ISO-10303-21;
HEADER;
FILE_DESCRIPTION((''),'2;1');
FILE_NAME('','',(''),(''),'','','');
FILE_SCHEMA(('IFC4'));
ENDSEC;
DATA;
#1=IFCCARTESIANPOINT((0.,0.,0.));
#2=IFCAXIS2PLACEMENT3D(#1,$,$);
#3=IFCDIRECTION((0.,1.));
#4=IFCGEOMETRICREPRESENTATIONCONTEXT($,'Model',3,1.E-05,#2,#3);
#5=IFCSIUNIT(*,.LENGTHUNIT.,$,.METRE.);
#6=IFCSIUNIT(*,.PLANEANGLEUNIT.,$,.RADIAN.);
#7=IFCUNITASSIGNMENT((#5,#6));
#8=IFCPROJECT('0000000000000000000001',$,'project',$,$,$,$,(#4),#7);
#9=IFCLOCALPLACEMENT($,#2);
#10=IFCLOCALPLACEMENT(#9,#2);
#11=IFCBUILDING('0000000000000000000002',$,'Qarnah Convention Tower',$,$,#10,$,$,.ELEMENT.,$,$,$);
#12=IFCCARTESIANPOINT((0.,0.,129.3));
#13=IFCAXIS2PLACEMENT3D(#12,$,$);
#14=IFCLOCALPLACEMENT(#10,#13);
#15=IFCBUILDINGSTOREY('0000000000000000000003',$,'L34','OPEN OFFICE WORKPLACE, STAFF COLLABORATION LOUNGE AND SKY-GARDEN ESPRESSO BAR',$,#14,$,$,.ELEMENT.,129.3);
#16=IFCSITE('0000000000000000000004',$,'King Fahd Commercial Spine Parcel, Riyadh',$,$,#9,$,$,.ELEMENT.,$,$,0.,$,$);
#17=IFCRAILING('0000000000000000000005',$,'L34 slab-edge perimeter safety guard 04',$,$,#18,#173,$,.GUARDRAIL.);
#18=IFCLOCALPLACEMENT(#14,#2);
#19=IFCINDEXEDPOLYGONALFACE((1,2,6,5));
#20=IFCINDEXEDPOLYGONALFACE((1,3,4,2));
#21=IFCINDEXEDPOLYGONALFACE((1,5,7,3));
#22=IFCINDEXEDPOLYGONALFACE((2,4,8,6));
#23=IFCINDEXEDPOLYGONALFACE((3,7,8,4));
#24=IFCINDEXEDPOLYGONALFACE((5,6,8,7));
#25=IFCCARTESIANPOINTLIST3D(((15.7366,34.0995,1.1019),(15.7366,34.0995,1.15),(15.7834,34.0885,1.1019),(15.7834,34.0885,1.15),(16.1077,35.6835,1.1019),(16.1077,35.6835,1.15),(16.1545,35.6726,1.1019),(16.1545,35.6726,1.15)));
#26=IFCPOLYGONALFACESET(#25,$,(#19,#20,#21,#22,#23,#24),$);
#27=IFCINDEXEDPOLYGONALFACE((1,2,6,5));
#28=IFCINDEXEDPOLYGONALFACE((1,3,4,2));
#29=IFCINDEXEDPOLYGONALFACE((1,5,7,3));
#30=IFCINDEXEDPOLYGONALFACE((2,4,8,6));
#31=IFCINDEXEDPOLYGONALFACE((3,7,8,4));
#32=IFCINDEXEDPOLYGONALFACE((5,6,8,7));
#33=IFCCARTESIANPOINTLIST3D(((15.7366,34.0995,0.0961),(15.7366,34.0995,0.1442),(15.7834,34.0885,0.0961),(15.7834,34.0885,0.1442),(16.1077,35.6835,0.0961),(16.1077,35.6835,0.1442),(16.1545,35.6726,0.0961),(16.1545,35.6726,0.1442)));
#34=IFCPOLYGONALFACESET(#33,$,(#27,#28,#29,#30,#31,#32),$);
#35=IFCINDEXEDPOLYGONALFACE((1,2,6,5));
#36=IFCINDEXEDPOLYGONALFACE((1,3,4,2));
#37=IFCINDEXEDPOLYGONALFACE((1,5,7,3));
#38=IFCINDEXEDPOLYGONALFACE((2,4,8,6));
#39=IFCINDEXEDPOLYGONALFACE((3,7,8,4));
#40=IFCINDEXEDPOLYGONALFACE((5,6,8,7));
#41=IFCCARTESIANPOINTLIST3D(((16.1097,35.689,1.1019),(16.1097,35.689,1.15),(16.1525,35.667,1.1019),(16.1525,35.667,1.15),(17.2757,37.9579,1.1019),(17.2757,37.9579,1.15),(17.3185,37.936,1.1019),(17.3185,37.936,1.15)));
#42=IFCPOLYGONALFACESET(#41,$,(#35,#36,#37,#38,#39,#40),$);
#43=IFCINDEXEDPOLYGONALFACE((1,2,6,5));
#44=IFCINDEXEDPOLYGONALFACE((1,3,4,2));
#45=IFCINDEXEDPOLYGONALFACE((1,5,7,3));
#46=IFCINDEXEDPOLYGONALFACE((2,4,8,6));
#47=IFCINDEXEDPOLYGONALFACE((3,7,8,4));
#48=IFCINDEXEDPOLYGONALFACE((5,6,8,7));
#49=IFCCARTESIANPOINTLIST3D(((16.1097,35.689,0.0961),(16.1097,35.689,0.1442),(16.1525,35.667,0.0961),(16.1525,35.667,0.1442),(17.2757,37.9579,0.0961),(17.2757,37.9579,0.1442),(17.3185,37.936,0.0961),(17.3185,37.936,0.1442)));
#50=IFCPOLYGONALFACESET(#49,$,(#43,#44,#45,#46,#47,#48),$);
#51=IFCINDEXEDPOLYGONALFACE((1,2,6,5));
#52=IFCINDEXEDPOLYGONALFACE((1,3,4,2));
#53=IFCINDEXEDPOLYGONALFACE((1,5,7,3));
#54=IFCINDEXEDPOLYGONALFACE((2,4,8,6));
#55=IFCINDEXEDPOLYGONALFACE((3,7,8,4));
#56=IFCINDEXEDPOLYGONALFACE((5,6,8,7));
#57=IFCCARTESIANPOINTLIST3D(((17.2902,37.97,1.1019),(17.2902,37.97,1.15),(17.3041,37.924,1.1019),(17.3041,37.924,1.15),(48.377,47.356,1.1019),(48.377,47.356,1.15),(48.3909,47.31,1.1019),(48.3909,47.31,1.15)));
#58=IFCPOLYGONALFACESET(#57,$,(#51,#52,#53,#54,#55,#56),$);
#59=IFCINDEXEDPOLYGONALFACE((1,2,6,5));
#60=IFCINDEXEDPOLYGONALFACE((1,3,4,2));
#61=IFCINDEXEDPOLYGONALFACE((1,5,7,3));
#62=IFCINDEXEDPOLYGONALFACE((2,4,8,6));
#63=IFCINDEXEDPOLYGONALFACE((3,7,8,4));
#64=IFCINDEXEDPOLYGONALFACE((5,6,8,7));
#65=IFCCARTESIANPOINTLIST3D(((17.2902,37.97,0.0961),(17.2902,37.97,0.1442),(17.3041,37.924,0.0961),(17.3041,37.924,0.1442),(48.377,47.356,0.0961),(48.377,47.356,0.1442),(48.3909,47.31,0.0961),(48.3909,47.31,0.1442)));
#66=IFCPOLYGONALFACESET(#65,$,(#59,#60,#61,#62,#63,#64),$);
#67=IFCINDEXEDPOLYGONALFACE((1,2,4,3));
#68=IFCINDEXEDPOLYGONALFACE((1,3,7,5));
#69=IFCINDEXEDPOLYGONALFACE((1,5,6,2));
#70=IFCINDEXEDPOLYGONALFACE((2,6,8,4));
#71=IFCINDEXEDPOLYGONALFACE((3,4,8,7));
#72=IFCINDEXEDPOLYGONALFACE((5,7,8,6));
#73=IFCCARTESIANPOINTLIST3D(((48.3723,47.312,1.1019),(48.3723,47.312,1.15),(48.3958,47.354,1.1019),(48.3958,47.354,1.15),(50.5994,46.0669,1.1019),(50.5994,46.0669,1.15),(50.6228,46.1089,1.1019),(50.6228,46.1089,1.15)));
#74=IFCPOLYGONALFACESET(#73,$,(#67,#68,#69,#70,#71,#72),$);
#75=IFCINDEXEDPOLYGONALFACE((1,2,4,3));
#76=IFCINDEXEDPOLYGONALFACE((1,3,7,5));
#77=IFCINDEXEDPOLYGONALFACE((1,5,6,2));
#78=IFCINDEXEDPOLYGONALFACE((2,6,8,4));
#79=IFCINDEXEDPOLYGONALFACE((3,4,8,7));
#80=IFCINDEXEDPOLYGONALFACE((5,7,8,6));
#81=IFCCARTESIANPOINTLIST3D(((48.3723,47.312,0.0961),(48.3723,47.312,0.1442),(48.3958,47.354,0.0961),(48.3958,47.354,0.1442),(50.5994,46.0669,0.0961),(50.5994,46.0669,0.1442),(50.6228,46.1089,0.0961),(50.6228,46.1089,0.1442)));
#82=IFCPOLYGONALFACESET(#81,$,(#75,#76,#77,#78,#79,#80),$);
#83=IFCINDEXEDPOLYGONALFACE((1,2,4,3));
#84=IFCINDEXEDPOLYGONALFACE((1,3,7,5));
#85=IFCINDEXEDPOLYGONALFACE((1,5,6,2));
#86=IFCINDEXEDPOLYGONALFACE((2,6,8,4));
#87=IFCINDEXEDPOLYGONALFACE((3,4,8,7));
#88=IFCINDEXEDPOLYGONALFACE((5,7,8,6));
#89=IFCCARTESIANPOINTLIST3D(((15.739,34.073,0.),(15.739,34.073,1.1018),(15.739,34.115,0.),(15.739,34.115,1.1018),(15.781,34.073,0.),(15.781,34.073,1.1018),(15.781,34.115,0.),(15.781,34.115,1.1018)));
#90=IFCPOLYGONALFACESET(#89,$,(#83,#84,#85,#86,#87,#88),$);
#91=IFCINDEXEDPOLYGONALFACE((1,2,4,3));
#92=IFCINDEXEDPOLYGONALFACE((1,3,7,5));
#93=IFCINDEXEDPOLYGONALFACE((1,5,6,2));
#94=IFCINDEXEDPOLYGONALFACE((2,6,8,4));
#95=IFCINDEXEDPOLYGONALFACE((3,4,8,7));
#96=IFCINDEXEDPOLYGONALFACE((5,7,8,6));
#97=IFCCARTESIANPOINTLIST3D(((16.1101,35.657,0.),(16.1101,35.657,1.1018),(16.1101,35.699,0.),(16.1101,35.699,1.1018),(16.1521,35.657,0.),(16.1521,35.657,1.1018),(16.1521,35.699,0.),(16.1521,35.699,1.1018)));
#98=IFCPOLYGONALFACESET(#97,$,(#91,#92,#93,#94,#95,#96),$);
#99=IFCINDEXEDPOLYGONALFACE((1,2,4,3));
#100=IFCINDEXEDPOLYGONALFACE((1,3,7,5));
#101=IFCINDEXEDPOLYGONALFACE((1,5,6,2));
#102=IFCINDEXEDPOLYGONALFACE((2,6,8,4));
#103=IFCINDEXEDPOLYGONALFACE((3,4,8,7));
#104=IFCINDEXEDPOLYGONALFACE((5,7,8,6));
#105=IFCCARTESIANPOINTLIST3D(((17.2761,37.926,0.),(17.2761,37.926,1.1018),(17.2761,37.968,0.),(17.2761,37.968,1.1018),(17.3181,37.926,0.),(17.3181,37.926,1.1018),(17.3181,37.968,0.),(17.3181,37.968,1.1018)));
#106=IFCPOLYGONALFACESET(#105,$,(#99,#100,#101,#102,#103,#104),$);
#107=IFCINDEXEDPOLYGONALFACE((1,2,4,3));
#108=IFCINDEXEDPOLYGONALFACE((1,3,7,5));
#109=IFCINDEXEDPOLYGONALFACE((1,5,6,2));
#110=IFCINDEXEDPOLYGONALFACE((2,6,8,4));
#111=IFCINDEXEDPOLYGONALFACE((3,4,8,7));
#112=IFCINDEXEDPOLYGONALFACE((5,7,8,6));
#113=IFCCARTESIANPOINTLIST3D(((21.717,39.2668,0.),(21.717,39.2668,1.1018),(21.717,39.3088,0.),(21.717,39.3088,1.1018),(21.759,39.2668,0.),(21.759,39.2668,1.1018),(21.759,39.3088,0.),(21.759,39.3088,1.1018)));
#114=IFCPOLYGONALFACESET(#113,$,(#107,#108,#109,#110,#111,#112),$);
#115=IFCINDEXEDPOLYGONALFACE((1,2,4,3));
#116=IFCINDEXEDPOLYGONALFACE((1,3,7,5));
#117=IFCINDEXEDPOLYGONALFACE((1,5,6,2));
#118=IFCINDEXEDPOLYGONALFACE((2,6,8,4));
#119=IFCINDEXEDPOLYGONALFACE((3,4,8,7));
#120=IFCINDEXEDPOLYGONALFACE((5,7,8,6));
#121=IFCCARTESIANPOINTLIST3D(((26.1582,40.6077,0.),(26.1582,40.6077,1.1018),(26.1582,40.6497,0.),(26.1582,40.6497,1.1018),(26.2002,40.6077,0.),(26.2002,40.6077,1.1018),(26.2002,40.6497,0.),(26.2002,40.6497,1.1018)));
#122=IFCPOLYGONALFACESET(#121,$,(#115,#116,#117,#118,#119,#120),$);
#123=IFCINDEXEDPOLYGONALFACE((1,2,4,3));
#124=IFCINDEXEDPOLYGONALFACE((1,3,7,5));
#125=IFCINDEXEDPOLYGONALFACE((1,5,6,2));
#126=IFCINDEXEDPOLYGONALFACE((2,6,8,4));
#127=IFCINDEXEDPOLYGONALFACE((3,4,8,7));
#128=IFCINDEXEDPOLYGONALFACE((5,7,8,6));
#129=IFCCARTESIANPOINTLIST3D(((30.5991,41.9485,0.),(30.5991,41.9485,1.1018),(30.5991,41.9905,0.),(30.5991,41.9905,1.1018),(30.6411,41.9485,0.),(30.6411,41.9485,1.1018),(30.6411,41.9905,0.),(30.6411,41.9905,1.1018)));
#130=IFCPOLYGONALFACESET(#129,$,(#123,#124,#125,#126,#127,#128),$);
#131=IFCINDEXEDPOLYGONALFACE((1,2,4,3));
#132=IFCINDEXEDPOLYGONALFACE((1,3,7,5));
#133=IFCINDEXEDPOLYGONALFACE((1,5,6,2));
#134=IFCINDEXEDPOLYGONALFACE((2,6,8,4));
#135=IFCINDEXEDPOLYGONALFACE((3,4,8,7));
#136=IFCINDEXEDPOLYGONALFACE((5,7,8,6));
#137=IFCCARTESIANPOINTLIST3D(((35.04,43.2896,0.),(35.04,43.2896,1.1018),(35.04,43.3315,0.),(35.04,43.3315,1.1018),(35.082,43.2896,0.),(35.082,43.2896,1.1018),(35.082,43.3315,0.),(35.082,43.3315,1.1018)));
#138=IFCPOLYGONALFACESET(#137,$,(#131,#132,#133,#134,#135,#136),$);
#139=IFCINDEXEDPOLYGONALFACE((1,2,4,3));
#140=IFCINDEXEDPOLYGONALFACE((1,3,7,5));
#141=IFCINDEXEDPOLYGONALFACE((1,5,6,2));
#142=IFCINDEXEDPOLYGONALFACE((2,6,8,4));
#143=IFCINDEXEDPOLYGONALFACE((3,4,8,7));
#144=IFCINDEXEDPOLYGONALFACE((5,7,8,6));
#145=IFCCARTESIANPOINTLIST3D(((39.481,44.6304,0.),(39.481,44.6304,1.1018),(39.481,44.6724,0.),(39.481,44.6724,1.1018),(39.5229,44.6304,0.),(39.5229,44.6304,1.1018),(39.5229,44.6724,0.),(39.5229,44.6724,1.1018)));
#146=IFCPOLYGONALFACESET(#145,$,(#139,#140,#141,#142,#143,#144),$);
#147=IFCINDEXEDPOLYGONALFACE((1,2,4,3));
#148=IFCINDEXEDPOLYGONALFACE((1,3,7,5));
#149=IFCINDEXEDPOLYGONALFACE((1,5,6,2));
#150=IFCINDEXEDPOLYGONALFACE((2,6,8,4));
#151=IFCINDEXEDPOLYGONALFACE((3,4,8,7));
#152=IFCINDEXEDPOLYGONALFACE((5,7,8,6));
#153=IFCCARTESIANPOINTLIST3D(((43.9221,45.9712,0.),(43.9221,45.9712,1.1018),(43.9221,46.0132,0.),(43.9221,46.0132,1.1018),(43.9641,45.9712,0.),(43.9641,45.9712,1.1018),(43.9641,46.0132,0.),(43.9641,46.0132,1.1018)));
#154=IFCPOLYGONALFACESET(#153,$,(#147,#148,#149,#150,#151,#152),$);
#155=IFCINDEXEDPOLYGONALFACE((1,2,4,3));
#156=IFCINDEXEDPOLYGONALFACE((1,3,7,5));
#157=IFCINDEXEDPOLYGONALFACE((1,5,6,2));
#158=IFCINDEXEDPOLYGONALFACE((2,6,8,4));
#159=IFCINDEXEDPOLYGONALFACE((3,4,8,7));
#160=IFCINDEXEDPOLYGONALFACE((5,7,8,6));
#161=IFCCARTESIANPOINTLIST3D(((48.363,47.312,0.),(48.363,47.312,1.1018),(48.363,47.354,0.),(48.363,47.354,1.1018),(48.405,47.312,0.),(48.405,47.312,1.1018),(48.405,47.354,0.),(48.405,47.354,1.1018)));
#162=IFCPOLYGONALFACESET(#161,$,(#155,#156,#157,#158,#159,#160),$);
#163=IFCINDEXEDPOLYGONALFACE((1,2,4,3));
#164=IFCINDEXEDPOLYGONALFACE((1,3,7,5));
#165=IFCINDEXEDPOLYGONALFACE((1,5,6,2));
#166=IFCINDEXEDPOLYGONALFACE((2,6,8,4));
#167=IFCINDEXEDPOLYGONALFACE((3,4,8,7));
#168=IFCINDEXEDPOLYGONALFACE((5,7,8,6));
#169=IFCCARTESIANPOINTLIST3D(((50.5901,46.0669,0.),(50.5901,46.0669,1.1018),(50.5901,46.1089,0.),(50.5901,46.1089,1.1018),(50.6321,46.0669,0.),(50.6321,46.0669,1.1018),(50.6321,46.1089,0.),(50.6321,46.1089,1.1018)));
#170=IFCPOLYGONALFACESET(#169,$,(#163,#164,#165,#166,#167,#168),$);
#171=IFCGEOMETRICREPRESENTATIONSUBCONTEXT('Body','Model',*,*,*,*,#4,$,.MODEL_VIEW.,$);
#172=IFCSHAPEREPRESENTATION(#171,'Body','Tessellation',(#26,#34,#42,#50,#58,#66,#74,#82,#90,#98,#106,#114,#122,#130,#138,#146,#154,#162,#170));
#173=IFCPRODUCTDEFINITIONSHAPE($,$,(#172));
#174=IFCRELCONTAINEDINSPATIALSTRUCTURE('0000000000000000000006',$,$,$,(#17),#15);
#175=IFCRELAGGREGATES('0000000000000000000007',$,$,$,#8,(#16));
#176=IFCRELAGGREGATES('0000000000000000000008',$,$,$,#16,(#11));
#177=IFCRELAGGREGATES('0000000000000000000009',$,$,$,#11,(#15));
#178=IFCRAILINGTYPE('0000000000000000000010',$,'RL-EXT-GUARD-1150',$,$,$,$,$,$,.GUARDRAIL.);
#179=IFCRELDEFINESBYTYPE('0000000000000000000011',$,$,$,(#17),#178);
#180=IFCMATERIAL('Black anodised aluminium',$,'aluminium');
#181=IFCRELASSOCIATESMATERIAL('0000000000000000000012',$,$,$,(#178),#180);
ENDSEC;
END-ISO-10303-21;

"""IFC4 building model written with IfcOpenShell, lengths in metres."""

from ifc_helpers import new_model, si_unit, direction, frame, origin, origin_2d, place, context, subcontext, project, spatial, rectangle, extrude, material, type_object, element, save


model = new_model("IFC4")

# Units and contexts
model_context = context("Model", 3, precision=1e-05, world=origin(), true_north=direction((0.0, 1.0)))
body_context = subcontext(model_context, "Body", "Model", "MODEL_VIEW")
ifc_project = project(units=[si_unit("LENGTHUNIT", "METRE"), si_unit("PLANEANGLEUNIT", "RADIAN")], contexts=[model_context])

# Site, building, storey
site_placement = place(None, origin())
site = spatial("IfcSite", under=ifc_project, at=site_placement, Name="King Fahd Commercial Spine Parcel, Riyadh", CompositionType="ELEMENT", RefElevation=0.0)
building_placement = place(site_placement, origin())
building = spatial("IfcBuilding", under=site, at=building_placement, Name="Qarnah Convention Tower", CompositionType="ELEMENT")
storey_placement = place(building_placement, frame((0.0, 0.0, 129.3)))
storey = spatial("IfcBuildingStorey", under=building, at=storey_placement, Name="L34", Description="OPEN OFFICE WORKPLACE, STAFF COLLABORATION LOUNGE AND SKY-GARDEN ESPRESSO BAR", CompositionType="ELEMENT", Elevation=129.3)

# Shared definitions
ifc_material_1 = material(Name="Black anodised aluminium", Category="aluminium")

# Railing
railing_type_1 = type_object("IfcRailingType", Name="RL-EXT-GUARD-1150", PredefinedType="GUARDRAIL", material=ifc_material_1)
railing_1_placement = place(storey_placement, frame((15.76, 34.094, 0.0)))
element("IfcRailing", 1, at=railing_1_placement, inside=storey, type_object=railing_type_1, Name="L34 slab-edge perimeter safety guard 04", PredefinedType="GUARDRAIL", context=body_context, shape_type="SweptSolid", body=[
    extrude(rectangle(XDim=0.0481, YDim=0.0481, at=origin_2d()), frame((0.0, 0.0, 1.126), z_axis=(0.228102, 0.973637, 0.0), x_axis=(-0.973637, 0.228102, 0.0)), (0.0, 0.0, 1.0), 1.627),
    extrude(rectangle(XDim=0.0481, YDim=0.0481, at=origin_2d()), frame((0.0, 0.0, 0.1201), z_axis=(0.228102, 0.973637, 0.0), x_axis=(-0.973637, 0.228102, 0.0)), (0.0, 0.0, 1.0), 1.627),
    extrude(rectangle(XDim=0.0481, YDim=0.0481, at=origin_2d()), frame((0.3711, 1.584, 1.126), z_axis=(0.457063, 0.889435, 0.0), x_axis=(-0.889435, 0.457063, 0.0)), (0.0, 0.0, 1.0), 2.551),
    extrude(rectangle(XDim=0.0481, YDim=0.0481, at=origin_2d()), frame((0.3711, 1.584, 0.1201), z_axis=(0.457063, 0.889435, 0.0), x_axis=(-0.889435, 0.457063, 0.0)), (0.0, 0.0, 1.0), 2.551),
    extrude(rectangle(XDim=0.0481, YDim=0.0481, at=origin_2d()), frame((1.5371, 3.853, 1.126), z_axis=(0.957317, 0.28904, 0.0), x_axis=(-0.28904, 0.957317, 0.0)), (0.0, 0.0, 1.0), 32.4729),
    extrude(rectangle(XDim=0.0481, YDim=0.0481, at=origin_2d()), frame((1.5371, 3.853, 0.1201), z_axis=(0.957317, 0.28904, 0.0), x_axis=(-0.28904, 0.957317, 0.0)), (0.0, 0.0, 1.0), 32.4729),
    extrude(rectangle(XDim=0.0481, YDim=0.0481, at=origin_2d()), frame((32.624, 13.239, 1.126), z_axis=(0.872845, -0.487997, 0.0), x_axis=(0.487997, 0.872845, 0.0)), (0.0, 0.0, 1.0), 2.5515),
    extrude(rectangle(XDim=0.0481, YDim=0.0481, at=origin_2d()), frame((32.624, 13.239, 0.1201), z_axis=(0.872845, -0.487997, 0.0), x_axis=(0.487997, 0.872845, 0.0)), (0.0, 0.0, 1.0), 2.5515),
    extrude(rectangle(XDim=0.042, YDim=0.042, at=origin_2d()), origin(), (0.0, 0.0, 1.0), 1.1018),
    extrude(rectangle(XDim=0.042, YDim=0.042, at=origin_2d()), frame((0.3711, 1.584, 0.0)), (0.0, 0.0, 1.0), 1.1018),
    extrude(rectangle(XDim=0.042, YDim=0.042, at=origin_2d()), frame((1.5371, 3.853, 0.0)), (0.0, 0.0, 1.0), 1.1018),
    extrude(rectangle(XDim=0.042, YDim=0.042, at=origin_2d()), frame((5.978, 5.1938, 0.0)), (0.0, 0.0, 1.0), 1.1018),
    extrude(rectangle(XDim=0.042, YDim=0.042, at=origin_2d()), frame((10.4192, 6.5347, 0.0)), (0.0, 0.0, 1.0), 1.1018),
    extrude(rectangle(XDim=0.042, YDim=0.042, at=origin_2d()), frame((14.8601, 7.8755, 0.0)), (0.0, 0.0, 1.0), 1.1018),
    extrude(rectangle(XDim=0.042, YDim=0.042, at=origin_2d()), frame((19.301, 9.2166, 0.0)), (0.0, 0.0, 1.0), 1.1018),
    extrude(rectangle(XDim=0.042, YDim=0.042, at=origin_2d()), frame((23.7419, 10.5574, 0.0)), (0.0, 0.0, 1.0), 1.1018),
    extrude(rectangle(XDim=0.042, YDim=0.042, at=origin_2d()), frame((28.1831, 11.8982, 0.0)), (0.0, 0.0, 1.0), 1.1018),
    extrude(rectangle(XDim=0.042, YDim=0.042, at=origin_2d()), frame((32.624, 13.239, 0.0)), (0.0, 0.0, 1.0), 1.1018),
    extrude(rectangle(XDim=0.042, YDim=0.042, at=origin_2d()), frame((34.8511, 11.9939, 0.0)), (0.0, 0.0, 1.0), 1.1018),
])

save(model, "model.ifc")
